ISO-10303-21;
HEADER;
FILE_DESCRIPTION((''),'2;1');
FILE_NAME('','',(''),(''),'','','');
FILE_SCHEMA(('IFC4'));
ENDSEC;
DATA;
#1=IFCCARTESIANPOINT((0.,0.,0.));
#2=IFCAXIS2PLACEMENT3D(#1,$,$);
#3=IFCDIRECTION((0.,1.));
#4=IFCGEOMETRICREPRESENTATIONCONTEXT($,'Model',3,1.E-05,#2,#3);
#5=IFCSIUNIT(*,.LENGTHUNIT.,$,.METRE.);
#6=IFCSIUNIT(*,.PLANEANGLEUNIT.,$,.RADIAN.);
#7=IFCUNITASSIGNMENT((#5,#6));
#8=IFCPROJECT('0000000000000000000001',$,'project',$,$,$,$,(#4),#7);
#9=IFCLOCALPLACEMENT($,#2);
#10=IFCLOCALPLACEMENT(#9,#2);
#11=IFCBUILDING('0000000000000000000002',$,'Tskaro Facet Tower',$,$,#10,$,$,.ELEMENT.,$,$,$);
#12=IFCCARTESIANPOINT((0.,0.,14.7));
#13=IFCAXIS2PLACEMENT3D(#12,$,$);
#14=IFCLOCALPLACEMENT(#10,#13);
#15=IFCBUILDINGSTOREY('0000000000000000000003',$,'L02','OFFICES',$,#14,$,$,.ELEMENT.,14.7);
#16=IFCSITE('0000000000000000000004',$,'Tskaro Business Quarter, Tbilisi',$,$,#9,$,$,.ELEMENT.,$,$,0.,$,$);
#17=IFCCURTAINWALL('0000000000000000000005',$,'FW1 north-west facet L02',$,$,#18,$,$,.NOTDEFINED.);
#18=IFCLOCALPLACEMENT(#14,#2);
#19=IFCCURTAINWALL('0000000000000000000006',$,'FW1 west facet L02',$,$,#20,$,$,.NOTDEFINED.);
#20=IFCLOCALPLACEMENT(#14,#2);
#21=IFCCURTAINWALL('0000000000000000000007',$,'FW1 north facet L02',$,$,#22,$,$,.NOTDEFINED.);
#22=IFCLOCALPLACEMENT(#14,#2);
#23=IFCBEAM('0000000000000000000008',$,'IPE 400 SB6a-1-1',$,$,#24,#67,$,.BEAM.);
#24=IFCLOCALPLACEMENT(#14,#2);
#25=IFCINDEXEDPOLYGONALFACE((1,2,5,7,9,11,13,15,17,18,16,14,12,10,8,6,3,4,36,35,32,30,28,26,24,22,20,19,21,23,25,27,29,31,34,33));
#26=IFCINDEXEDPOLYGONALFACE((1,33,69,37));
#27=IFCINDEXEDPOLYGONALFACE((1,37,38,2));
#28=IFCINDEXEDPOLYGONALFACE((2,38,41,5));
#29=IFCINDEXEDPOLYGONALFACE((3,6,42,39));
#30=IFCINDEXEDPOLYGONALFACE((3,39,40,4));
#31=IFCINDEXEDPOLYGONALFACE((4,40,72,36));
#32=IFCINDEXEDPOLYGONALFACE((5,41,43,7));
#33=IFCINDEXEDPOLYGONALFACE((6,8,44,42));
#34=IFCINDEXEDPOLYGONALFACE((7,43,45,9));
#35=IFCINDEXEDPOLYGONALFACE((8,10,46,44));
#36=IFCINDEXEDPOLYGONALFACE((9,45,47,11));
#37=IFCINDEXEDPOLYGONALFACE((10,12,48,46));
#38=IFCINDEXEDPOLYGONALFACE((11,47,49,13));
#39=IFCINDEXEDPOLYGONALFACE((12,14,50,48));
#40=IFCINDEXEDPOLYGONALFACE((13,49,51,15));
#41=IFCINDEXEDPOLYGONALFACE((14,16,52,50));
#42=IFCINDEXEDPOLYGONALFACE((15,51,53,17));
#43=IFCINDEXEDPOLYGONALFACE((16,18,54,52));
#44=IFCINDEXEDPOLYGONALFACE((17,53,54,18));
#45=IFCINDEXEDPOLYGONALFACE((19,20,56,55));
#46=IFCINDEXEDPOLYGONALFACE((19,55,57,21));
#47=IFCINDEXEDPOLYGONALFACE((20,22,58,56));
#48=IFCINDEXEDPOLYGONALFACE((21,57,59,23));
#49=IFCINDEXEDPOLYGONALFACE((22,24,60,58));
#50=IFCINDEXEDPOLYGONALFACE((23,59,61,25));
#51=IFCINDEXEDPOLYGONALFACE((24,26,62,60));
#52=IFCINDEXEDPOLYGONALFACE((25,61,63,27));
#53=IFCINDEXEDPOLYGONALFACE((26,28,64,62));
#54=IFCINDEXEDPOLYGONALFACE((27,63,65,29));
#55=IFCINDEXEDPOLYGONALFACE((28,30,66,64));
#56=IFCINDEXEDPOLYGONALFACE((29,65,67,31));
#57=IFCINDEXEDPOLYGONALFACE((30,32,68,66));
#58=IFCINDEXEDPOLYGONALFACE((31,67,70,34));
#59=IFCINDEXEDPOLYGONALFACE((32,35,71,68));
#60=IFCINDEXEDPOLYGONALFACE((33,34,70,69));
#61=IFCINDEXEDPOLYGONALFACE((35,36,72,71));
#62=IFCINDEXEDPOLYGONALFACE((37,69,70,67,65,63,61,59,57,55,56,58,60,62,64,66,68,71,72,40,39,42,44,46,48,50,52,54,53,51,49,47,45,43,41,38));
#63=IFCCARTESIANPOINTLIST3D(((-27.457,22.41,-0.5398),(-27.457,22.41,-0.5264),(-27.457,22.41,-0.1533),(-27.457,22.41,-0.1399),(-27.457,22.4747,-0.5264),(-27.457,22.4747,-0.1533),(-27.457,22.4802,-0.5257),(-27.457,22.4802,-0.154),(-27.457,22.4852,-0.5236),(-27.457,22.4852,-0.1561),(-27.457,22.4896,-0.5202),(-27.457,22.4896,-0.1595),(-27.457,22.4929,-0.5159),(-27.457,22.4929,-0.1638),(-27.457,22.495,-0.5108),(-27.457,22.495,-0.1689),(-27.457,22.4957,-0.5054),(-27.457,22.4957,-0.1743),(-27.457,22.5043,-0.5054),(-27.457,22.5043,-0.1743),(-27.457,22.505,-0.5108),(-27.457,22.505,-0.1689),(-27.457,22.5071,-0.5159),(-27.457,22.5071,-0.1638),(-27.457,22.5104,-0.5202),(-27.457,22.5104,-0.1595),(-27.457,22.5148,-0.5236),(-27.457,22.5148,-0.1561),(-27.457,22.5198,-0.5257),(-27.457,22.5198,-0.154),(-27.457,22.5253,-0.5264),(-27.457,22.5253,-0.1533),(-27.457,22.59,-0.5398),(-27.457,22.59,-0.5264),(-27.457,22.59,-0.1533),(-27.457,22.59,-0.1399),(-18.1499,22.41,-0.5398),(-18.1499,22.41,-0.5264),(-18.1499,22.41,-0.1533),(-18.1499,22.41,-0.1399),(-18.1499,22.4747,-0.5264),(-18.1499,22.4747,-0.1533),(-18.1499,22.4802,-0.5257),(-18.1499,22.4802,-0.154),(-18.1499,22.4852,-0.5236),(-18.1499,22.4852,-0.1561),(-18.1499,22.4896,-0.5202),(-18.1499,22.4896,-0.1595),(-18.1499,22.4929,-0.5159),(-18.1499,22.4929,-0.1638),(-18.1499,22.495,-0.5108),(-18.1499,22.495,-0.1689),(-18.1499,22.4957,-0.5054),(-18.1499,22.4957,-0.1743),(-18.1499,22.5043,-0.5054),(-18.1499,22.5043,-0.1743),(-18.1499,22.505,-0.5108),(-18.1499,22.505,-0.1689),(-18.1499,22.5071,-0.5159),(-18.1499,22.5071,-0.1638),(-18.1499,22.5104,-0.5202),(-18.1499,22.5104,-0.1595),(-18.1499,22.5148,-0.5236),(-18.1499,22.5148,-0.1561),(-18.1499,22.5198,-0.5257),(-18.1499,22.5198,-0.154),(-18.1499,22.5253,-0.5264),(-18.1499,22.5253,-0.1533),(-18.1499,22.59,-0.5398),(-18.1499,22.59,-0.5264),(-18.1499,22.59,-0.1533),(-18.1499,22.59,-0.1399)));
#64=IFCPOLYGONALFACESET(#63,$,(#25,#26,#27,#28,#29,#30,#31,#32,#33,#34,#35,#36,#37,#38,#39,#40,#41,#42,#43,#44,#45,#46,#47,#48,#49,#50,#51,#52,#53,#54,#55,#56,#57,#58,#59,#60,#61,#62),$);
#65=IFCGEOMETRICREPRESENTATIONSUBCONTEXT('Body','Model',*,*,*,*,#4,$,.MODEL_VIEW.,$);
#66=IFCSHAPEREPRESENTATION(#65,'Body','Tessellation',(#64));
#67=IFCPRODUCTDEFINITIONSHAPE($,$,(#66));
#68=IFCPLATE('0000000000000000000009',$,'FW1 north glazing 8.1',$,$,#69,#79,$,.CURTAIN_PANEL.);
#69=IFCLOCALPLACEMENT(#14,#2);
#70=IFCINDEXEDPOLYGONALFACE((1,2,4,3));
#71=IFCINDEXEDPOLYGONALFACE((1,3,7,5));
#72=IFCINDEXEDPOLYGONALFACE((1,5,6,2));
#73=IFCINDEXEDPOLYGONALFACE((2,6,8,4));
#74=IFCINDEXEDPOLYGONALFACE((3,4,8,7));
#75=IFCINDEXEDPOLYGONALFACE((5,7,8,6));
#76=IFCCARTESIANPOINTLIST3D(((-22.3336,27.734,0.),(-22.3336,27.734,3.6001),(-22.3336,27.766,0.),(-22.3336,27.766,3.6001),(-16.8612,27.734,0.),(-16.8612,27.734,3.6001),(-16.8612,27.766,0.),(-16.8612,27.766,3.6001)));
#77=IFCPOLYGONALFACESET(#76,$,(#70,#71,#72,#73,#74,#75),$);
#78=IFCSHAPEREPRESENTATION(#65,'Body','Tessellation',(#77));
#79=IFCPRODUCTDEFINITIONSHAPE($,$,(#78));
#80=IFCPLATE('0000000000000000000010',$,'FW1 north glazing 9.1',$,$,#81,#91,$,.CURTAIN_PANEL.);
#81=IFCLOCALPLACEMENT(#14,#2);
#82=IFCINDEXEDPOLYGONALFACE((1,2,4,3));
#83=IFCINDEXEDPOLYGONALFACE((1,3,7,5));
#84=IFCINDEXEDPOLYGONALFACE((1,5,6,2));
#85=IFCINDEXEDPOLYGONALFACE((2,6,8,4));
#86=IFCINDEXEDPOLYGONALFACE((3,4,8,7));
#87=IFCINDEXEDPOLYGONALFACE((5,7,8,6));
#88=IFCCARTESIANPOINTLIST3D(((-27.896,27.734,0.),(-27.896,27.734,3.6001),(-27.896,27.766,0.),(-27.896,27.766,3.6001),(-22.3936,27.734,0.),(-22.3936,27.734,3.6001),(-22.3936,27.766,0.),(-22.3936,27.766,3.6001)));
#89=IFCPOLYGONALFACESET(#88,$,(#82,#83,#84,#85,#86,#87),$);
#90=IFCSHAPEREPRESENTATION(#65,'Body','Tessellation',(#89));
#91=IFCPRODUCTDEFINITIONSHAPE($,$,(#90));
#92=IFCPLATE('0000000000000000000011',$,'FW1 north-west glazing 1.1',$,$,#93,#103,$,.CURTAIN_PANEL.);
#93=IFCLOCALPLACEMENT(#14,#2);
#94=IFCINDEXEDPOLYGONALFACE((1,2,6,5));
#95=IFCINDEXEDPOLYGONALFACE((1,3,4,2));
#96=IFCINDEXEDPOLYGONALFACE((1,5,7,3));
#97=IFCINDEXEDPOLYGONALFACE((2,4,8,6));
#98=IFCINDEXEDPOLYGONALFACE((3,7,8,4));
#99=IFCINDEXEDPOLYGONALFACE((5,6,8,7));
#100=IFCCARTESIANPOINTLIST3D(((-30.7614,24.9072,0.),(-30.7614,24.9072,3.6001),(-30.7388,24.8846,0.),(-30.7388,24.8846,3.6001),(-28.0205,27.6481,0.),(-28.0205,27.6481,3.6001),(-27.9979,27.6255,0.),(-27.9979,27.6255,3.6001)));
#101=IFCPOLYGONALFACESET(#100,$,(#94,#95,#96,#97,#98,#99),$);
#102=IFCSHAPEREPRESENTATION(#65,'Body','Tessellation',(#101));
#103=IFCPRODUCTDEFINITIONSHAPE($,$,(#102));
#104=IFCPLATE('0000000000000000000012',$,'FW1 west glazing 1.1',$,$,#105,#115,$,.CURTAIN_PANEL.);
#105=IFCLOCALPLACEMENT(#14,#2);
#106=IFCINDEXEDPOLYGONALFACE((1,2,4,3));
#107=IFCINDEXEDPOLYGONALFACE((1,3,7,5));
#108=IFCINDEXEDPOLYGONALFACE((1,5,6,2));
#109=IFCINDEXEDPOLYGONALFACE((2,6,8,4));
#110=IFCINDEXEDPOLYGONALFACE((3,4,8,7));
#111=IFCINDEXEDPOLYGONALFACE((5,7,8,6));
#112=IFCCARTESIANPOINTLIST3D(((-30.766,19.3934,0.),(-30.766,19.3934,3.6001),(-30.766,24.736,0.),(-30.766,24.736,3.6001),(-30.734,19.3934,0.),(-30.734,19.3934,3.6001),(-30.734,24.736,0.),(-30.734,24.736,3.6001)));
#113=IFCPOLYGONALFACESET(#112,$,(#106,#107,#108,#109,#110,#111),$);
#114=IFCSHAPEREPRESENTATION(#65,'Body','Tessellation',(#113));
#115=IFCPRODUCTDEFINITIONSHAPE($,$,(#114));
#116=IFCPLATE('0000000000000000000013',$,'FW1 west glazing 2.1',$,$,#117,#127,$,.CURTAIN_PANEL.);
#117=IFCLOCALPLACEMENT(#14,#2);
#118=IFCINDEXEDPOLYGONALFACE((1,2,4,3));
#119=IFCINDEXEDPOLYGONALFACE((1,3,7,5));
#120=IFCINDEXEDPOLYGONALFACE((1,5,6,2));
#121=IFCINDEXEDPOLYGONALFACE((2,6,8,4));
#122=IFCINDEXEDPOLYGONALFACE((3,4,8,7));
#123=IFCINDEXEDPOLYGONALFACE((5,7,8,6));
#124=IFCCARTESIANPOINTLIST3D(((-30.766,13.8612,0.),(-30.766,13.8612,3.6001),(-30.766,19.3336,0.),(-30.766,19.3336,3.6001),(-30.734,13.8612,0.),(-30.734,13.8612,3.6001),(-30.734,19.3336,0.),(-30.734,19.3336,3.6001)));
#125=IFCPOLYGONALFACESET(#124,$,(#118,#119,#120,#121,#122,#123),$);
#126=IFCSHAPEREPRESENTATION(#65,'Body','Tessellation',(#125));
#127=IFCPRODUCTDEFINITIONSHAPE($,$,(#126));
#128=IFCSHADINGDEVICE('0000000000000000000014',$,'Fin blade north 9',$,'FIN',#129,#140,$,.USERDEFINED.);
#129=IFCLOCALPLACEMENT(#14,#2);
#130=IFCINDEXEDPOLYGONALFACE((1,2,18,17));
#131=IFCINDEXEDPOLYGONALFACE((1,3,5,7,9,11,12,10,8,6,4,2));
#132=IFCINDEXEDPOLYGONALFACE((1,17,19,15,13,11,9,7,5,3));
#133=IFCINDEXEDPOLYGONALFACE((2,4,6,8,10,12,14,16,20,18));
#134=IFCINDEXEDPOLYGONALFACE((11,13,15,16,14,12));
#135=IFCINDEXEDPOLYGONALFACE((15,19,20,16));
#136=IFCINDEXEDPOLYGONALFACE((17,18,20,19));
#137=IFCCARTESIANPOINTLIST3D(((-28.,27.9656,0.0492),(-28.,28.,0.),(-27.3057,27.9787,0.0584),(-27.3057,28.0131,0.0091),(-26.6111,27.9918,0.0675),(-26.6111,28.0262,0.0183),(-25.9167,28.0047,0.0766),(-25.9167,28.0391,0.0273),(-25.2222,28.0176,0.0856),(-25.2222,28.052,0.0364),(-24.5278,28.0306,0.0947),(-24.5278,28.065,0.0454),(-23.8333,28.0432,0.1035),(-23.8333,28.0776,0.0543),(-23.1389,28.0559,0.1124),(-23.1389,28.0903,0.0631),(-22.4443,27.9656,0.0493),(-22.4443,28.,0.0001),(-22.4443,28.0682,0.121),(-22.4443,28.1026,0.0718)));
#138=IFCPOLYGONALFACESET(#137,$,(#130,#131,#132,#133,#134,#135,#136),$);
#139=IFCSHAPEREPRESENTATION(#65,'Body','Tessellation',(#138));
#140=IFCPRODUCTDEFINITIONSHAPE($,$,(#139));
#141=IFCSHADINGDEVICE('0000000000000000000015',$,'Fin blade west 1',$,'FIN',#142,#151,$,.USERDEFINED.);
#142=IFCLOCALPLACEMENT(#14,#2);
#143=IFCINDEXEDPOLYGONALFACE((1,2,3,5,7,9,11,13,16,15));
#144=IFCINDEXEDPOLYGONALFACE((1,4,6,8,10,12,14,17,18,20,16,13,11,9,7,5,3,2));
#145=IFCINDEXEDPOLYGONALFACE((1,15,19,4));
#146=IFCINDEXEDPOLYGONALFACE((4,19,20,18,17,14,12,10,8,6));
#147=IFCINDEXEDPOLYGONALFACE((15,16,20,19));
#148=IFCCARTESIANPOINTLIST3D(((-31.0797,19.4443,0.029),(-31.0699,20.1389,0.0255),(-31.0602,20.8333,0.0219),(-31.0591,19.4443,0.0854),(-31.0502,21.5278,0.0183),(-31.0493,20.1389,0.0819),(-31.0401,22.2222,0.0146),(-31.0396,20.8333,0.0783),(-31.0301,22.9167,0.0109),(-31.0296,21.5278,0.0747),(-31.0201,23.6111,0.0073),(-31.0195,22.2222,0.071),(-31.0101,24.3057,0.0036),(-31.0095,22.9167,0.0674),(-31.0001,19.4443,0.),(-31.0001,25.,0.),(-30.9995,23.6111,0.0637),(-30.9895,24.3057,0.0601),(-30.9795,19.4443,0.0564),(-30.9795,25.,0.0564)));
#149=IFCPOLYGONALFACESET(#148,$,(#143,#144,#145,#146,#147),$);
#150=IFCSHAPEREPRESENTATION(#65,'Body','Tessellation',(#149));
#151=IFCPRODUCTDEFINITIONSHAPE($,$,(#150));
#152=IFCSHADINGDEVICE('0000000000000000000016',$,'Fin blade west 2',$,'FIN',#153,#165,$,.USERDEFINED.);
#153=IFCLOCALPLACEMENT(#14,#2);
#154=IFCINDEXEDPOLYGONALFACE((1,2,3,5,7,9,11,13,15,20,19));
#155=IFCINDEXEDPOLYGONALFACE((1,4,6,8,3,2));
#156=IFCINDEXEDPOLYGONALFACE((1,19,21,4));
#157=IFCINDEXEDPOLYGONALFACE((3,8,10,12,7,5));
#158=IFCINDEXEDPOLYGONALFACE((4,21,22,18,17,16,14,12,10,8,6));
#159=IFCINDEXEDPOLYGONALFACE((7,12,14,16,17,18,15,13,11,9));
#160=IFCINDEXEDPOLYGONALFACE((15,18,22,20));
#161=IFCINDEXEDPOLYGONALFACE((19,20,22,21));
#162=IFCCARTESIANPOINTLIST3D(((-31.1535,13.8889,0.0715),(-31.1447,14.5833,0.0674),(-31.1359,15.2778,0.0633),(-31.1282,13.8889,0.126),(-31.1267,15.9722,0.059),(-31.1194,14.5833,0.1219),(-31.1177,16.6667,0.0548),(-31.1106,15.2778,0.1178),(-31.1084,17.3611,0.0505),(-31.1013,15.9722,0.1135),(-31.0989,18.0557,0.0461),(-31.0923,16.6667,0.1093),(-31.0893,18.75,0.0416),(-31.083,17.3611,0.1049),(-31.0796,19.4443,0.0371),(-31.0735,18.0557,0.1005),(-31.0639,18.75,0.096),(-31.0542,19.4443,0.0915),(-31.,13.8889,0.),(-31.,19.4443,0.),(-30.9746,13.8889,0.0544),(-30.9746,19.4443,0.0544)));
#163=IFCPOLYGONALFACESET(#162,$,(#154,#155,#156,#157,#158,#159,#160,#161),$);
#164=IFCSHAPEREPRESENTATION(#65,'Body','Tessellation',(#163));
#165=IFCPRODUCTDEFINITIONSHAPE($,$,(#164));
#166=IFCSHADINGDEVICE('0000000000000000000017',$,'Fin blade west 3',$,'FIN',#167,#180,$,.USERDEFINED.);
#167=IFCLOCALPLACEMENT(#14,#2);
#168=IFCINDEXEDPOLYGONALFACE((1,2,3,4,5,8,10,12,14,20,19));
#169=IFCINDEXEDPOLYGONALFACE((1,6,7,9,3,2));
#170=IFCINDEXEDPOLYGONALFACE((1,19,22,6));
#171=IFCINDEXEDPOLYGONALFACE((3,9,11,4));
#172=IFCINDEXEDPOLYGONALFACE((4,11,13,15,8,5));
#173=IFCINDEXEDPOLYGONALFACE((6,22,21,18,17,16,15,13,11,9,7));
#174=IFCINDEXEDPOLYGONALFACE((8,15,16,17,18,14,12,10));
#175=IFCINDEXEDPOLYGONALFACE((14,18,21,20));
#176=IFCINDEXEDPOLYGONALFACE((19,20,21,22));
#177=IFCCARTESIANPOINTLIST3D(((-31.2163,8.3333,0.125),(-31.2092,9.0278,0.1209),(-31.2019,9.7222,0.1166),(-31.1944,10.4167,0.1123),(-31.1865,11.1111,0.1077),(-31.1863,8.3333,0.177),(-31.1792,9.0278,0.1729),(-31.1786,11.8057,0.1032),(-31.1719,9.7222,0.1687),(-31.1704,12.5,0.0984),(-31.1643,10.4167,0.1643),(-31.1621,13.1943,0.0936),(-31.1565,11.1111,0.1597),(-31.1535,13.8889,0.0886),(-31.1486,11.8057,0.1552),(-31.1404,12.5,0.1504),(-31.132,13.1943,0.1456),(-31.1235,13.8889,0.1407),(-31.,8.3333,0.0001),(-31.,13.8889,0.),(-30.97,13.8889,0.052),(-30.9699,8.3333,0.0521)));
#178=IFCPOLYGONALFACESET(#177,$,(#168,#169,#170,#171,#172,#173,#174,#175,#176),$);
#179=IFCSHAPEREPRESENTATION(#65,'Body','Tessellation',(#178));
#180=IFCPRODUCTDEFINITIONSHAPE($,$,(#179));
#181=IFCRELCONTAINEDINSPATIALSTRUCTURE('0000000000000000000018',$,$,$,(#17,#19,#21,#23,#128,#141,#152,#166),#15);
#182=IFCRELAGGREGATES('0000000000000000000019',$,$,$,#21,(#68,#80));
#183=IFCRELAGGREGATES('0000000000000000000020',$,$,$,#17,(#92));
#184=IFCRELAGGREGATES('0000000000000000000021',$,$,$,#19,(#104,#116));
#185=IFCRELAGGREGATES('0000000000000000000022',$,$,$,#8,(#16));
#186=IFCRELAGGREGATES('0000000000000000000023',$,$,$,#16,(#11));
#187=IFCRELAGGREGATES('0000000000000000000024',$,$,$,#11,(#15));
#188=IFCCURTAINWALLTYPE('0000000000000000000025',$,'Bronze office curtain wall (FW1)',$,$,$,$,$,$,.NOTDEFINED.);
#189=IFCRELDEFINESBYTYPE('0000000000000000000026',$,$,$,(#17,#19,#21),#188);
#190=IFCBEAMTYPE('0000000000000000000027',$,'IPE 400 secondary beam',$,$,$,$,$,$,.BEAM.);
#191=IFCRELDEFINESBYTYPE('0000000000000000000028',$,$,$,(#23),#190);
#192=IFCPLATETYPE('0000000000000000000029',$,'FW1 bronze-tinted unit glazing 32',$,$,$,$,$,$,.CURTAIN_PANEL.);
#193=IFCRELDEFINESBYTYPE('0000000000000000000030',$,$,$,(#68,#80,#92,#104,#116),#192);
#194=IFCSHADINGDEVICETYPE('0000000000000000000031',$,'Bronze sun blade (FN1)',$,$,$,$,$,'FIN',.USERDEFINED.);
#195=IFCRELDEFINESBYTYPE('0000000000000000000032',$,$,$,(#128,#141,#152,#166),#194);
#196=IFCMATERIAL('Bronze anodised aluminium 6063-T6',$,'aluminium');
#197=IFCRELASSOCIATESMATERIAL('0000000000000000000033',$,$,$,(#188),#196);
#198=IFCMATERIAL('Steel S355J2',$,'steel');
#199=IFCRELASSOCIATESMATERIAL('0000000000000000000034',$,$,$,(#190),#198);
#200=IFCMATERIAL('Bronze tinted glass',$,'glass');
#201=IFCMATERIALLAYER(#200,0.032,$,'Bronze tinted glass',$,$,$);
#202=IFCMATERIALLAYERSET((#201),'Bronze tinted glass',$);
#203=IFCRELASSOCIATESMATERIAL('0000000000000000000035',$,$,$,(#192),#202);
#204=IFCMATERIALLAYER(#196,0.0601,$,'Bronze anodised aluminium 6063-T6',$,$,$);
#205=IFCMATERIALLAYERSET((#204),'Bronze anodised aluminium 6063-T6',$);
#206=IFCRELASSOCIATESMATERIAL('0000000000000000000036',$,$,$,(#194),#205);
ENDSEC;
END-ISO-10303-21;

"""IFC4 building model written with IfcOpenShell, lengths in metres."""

from ifc_helpers import new_model, si_unit, direction, frame, origin, origin_2d, place, context, subcontext, project, spatial, polyline, rectangle, i_section, outline, extrude, material, layer, layer_set, material_profile, profile_set, type_object, element, aggregate, save


model = new_model("IFC4")

# Units and contexts
model_context = context("Model", 3, precision=1e-05, world=origin(), true_north=direction((0.0, 1.0)))
body_context = subcontext(model_context, "Body", "Model", "MODEL_VIEW")
ifc_project = project(units=[si_unit("LENGTHUNIT", "METRE"), si_unit("PLANEANGLEUNIT", "RADIAN")], contexts=[model_context])

# Site, building, storey
site_placement = place(None, origin())
site = spatial("IfcSite", under=ifc_project, at=site_placement, Name="Tskaro Business Quarter, Tbilisi", CompositionType="ELEMENT", RefElevation=0.0)
building_placement = place(site_placement, origin())
building = spatial("IfcBuilding", under=site, at=building_placement, Name="Tskaro Facet Tower", CompositionType="ELEMENT")
storey_placement = place(building_placement, frame((0.0, 0.0, 14.7)))
storey = spatial("IfcBuildingStorey", under=building, at=storey_placement, Name="L02", Description="OFFICES", CompositionType="ELEMENT", Elevation=14.7)

# Curtain walls
ifc_material_1 = material(Name="Bronze anodised aluminium 6063-T6", Category="aluminium")
curtain_wall_type = type_object("IfcCurtainWallType", Name="Bronze office curtain wall (FW1)", PredefinedType="NOTDEFINED", material=ifc_material_1)
curtain_wall_1_placement = place(storey_placement, origin())
curtain_wall_1 = element("IfcCurtainWall", 1, at=curtain_wall_1_placement, inside=storey, type_object=curtain_wall_type, Name="FW1 north-west facet L02", PredefinedType="NOTDEFINED")
curtain_wall_2_placement = place(storey_placement, origin())
curtain_wall_2 = element("IfcCurtainWall", 2, at=curtain_wall_2_placement, inside=storey, type_object=curtain_wall_type, Name="FW1 west facet L02", PredefinedType="NOTDEFINED")
curtain_wall_3_placement = place(storey_placement, origin())
curtain_wall_3 = element("IfcCurtainWall", 3, at=curtain_wall_3_placement, inside=storey, type_object=curtain_wall_type, Name="FW1 north facet L02", PredefinedType="NOTDEFINED")

# Beam
ifc_material_2 = material(Name="Steel S355J2", Category="steel")
ifc_material_profile_1 = material_profile(ifc_material_2, i_section(OverallWidth=0.1799, OverallDepth=0.3999, WebThickness=0.0085, FlangeThickness=0.0134, FilletRadius=0.021, at=origin_2d()), Name="IPE 400")
ifc_profile_set_1 = profile_set([ifc_material_profile_1], Name="Steel S355J2")
beam_type_1 = type_object("IfcBeamType", Name="IPE 400 secondary beam", PredefinedType="BEAM", material=ifc_profile_set_1)
beam_1_placement = place(storey_placement, frame((-27.457, 22.5, -0.3398), z_axis=(1.0, 0.0, 0.0), x_axis=(0.0, 1.0, 0.0)))
element("IfcBeam", 4, at=beam_1_placement, inside=storey, type_object=beam_type_1, Name="IPE 400 SB6a-1-1", PredefinedType="BEAM", context=body_context, shape_type="SweptSolid", body=[
    extrude(i_section(OverallWidth=0.1799, OverallDepth=0.3999, WebThickness=0.0085, FlangeThickness=0.0134, FilletRadius=0.021, at=origin_2d()), origin(), (0.0, 0.0, 1.0), 9.3071),
])

# Plates
ifc_material_3 = material(Name="Bronze tinted glass", Category="glass")
ifc_layer_1 = layer(ifc_material_3, 0.032, Name="Bronze tinted glass")
ifc_layer_set_1 = layer_set([ifc_layer_1], Name="Bronze tinted glass")
plate_type = type_object("IfcPlateType", Name="FW1 bronze-tinted unit glazing 32", PredefinedType="CURTAIN_PANEL", material=ifc_layer_set_1)
plate_1_placement = place(storey_placement, frame((-19.5974, 27.75, 0.0), z_axis=(0.0, 0.0, 1.0), x_axis=(-1.0, 0.0, 0.0)))
plate_1 = element("IfcPlate", 5, at=plate_1_placement, type_object=plate_type, Name="FW1 north glazing 8.1", PredefinedType="CURTAIN_PANEL", context=body_context, shape_type="SweptSolid", body=[
    extrude(rectangle(XDim=5.4724, YDim=0.032, at=origin_2d()), origin(), (0.0, 0.0, 1.0), 3.6001),
])
plate_2_placement = place(storey_placement, frame((-25.1448, 27.75, 0.0), z_axis=(0.0, 0.0, 1.0), x_axis=(-1.0, 0.0, 0.0)))
plate_2 = element("IfcPlate", 6, at=plate_2_placement, type_object=plate_type, Name="FW1 north glazing 9.1", PredefinedType="CURTAIN_PANEL", context=body_context, shape_type="SweptSolid", body=[
    extrude(rectangle(XDim=5.5024, YDim=0.032, at=origin_2d()), origin(), (0.0, 0.0, 1.0), 3.6001),
])
aggregate(curtain_wall_3, [plate_1, plate_2])
plate_3_placement = place(storey_placement, frame((-29.3796, 26.2664, 0.0), z_axis=(0.0, 0.0, 1.0), x_axis=(-0.707107, -0.707107, 0.0)))
plate_3 = element("IfcPlate", 7, at=plate_3_placement, type_object=plate_type, Name="FW1 north-west glazing 1.1", PredefinedType="CURTAIN_PANEL", context=body_context, shape_type="SweptSolid", body=[
    extrude(rectangle(XDim=3.8762, YDim=0.032, at=origin_2d()), origin(), (0.0, 0.0, 1.0), 3.6001),
])
aggregate(curtain_wall_1, [plate_3])
plate_4_placement = place(storey_placement, frame((-30.75, 22.0647, 0.0), z_axis=(0.0, 0.0, 1.0), x_axis=(0.0, -1.0, 0.0)))
plate_4 = element("IfcPlate", 8, at=plate_4_placement, type_object=plate_type, Name="FW1 west glazing 1.1", PredefinedType="CURTAIN_PANEL", context=body_context, shape_type="SweptSolid", body=[
    extrude(rectangle(XDim=5.3425, YDim=0.032, at=origin_2d()), origin(), (0.0, 0.0, 1.0), 3.6001),
])
plate_5_placement = place(storey_placement, frame((-30.75, 16.5974, 0.0), z_axis=(0.0, 0.0, 1.0), x_axis=(0.0, -1.0, 0.0)))
plate_5 = element("IfcPlate", 9, at=plate_5_placement, type_object=plate_type, Name="FW1 west glazing 2.1", PredefinedType="CURTAIN_PANEL", context=body_context, shape_type="SweptSolid", body=[
    extrude(rectangle(XDim=5.4724, YDim=0.032, at=origin_2d()), origin(), (0.0, 0.0, 1.0), 3.6001),
])
aggregate(curtain_wall_2, [plate_4, plate_5])

# Shading devices
ifc_layer_2 = layer(ifc_material_1, 0.0601, Name="Bronze anodised aluminium 6063-T6")
ifc_layer_set_2 = layer_set([ifc_layer_2], Name="Bronze anodised aluminium 6063-T6")
shading_device_type = type_object("IfcShadingDeviceType", Name="Bronze sun blade (FN1)", ElementType="FIN", PredefinedType="USERDEFINED", material=ifc_layer_set_2)
shading_device_1_placement = place(storey_placement, frame((-22.4443, 27.9656, 0.0493), z_axis=(-0.000023, -0.57262, 0.819821), x_axis=(-1.0, 0.000013, -0.000019)))
element("IfcShadingDevice", 10, at=shading_device_1_placement, inside=storey, type_object=shading_device_type, Name="Fin blade north 9", ObjectType="FIN", PredefinedType="USERDEFINED", context=body_context, shape_type="SweptSolid", body=[
    extrude(outline(polyline([(0.0, 0.0), (5.5557, 0.0), (4.8613, -0.016), (4.1667, -0.0319), (3.4724, -0.0477), (2.7778, -0.0635), (2.0835, -0.0792), (1.3889, -0.0947), (0.6946, -0.1101), (0.0, -0.1252), (0.0, 0.0)])), origin(), (0.0, 0.0, -1.0), 0.0601),
])
shading_device_2_placement = place(storey_placement, frame((-30.9795, 25.0, 0.0564), z_axis=(0.343096, -0.000003, 0.9393), x_axis=(-0.000001, -1.0, -0.000003)))
element("IfcShadingDevice", 11, at=shading_device_2_placement, inside=storey, type_object=shading_device_type, Name="Fin blade west 1", ObjectType="FIN", PredefinedType="USERDEFINED", context=body_context, shape_type="SweptSolid", body=[
    extrude(outline(polyline([(0.0, 0.0), (5.5557, 0.0), (5.5557, -0.0847), (4.8611, -0.0743), (4.1667, -0.064), (3.4722, -0.0533), (2.7778, -0.0426), (2.0833, -0.032), (1.3889, -0.0213), (0.6943, -0.0107), (0.0, 0.0)])), origin(), (0.0, 0.0, -1.0), 0.0601),
])
shading_device_3_placement = place(storey_placement, frame((-30.9746, 19.4443, 0.0544), z_axis=(0.422279, -0.000002, 0.906466), x_axis=(-0.000001, -1.0, -0.000002)))
element("IfcShadingDevice", 12, at=shading_device_3_placement, inside=storey, type_object=shading_device_type, Name="Fin blade west 2", ObjectType="FIN", PredefinedType="USERDEFINED", context=body_context, shape_type="SweptSolid", body=[
    extrude(outline(polyline([(0.0, 0.0), (5.5554, 0.0), (5.5554, -0.1694), (4.8611, -0.1597), (4.1665, -0.15), (3.4722, -0.1398), (2.7776, -0.1299), (2.0833, -0.1196), (1.3887, -0.1091), (0.6943, -0.0985), (0.0, -0.0878), (0.0, 0.0)])), origin(), (0.0, 0.0, -1.0), 0.0601),
])
shading_device_4_placement = place(storey_placement, frame((-30.97, 13.8889, 0.052), z_axis=(0.500028, 0.000013, 0.866009), x_axis=(0.000006, -1.0, 0.000011)))
element("IfcShadingDevice", 13, at=shading_device_4_placement, inside=storey, type_object=shading_device_type, Name="Fin blade west 3", ObjectType="FIN", PredefinedType="USERDEFINED", context=body_context, shape_type="SweptSolid", body=[
    extrude(outline(polyline([(0.0, 0.0), (5.5557, 0.0), (5.5557, -0.2498), (4.8611, -0.2416), (4.1667, -0.2332), (3.4722, -0.2245), (2.7778, -0.2154), (2.0833, -0.2063), (1.3889, -0.1968), (0.6946, -0.1871), (0.0, -0.1773), (0.0, 0.0)])), origin(), (0.0, 0.0, -1.0), 0.0601),
])

save(model, "model.ifc")
